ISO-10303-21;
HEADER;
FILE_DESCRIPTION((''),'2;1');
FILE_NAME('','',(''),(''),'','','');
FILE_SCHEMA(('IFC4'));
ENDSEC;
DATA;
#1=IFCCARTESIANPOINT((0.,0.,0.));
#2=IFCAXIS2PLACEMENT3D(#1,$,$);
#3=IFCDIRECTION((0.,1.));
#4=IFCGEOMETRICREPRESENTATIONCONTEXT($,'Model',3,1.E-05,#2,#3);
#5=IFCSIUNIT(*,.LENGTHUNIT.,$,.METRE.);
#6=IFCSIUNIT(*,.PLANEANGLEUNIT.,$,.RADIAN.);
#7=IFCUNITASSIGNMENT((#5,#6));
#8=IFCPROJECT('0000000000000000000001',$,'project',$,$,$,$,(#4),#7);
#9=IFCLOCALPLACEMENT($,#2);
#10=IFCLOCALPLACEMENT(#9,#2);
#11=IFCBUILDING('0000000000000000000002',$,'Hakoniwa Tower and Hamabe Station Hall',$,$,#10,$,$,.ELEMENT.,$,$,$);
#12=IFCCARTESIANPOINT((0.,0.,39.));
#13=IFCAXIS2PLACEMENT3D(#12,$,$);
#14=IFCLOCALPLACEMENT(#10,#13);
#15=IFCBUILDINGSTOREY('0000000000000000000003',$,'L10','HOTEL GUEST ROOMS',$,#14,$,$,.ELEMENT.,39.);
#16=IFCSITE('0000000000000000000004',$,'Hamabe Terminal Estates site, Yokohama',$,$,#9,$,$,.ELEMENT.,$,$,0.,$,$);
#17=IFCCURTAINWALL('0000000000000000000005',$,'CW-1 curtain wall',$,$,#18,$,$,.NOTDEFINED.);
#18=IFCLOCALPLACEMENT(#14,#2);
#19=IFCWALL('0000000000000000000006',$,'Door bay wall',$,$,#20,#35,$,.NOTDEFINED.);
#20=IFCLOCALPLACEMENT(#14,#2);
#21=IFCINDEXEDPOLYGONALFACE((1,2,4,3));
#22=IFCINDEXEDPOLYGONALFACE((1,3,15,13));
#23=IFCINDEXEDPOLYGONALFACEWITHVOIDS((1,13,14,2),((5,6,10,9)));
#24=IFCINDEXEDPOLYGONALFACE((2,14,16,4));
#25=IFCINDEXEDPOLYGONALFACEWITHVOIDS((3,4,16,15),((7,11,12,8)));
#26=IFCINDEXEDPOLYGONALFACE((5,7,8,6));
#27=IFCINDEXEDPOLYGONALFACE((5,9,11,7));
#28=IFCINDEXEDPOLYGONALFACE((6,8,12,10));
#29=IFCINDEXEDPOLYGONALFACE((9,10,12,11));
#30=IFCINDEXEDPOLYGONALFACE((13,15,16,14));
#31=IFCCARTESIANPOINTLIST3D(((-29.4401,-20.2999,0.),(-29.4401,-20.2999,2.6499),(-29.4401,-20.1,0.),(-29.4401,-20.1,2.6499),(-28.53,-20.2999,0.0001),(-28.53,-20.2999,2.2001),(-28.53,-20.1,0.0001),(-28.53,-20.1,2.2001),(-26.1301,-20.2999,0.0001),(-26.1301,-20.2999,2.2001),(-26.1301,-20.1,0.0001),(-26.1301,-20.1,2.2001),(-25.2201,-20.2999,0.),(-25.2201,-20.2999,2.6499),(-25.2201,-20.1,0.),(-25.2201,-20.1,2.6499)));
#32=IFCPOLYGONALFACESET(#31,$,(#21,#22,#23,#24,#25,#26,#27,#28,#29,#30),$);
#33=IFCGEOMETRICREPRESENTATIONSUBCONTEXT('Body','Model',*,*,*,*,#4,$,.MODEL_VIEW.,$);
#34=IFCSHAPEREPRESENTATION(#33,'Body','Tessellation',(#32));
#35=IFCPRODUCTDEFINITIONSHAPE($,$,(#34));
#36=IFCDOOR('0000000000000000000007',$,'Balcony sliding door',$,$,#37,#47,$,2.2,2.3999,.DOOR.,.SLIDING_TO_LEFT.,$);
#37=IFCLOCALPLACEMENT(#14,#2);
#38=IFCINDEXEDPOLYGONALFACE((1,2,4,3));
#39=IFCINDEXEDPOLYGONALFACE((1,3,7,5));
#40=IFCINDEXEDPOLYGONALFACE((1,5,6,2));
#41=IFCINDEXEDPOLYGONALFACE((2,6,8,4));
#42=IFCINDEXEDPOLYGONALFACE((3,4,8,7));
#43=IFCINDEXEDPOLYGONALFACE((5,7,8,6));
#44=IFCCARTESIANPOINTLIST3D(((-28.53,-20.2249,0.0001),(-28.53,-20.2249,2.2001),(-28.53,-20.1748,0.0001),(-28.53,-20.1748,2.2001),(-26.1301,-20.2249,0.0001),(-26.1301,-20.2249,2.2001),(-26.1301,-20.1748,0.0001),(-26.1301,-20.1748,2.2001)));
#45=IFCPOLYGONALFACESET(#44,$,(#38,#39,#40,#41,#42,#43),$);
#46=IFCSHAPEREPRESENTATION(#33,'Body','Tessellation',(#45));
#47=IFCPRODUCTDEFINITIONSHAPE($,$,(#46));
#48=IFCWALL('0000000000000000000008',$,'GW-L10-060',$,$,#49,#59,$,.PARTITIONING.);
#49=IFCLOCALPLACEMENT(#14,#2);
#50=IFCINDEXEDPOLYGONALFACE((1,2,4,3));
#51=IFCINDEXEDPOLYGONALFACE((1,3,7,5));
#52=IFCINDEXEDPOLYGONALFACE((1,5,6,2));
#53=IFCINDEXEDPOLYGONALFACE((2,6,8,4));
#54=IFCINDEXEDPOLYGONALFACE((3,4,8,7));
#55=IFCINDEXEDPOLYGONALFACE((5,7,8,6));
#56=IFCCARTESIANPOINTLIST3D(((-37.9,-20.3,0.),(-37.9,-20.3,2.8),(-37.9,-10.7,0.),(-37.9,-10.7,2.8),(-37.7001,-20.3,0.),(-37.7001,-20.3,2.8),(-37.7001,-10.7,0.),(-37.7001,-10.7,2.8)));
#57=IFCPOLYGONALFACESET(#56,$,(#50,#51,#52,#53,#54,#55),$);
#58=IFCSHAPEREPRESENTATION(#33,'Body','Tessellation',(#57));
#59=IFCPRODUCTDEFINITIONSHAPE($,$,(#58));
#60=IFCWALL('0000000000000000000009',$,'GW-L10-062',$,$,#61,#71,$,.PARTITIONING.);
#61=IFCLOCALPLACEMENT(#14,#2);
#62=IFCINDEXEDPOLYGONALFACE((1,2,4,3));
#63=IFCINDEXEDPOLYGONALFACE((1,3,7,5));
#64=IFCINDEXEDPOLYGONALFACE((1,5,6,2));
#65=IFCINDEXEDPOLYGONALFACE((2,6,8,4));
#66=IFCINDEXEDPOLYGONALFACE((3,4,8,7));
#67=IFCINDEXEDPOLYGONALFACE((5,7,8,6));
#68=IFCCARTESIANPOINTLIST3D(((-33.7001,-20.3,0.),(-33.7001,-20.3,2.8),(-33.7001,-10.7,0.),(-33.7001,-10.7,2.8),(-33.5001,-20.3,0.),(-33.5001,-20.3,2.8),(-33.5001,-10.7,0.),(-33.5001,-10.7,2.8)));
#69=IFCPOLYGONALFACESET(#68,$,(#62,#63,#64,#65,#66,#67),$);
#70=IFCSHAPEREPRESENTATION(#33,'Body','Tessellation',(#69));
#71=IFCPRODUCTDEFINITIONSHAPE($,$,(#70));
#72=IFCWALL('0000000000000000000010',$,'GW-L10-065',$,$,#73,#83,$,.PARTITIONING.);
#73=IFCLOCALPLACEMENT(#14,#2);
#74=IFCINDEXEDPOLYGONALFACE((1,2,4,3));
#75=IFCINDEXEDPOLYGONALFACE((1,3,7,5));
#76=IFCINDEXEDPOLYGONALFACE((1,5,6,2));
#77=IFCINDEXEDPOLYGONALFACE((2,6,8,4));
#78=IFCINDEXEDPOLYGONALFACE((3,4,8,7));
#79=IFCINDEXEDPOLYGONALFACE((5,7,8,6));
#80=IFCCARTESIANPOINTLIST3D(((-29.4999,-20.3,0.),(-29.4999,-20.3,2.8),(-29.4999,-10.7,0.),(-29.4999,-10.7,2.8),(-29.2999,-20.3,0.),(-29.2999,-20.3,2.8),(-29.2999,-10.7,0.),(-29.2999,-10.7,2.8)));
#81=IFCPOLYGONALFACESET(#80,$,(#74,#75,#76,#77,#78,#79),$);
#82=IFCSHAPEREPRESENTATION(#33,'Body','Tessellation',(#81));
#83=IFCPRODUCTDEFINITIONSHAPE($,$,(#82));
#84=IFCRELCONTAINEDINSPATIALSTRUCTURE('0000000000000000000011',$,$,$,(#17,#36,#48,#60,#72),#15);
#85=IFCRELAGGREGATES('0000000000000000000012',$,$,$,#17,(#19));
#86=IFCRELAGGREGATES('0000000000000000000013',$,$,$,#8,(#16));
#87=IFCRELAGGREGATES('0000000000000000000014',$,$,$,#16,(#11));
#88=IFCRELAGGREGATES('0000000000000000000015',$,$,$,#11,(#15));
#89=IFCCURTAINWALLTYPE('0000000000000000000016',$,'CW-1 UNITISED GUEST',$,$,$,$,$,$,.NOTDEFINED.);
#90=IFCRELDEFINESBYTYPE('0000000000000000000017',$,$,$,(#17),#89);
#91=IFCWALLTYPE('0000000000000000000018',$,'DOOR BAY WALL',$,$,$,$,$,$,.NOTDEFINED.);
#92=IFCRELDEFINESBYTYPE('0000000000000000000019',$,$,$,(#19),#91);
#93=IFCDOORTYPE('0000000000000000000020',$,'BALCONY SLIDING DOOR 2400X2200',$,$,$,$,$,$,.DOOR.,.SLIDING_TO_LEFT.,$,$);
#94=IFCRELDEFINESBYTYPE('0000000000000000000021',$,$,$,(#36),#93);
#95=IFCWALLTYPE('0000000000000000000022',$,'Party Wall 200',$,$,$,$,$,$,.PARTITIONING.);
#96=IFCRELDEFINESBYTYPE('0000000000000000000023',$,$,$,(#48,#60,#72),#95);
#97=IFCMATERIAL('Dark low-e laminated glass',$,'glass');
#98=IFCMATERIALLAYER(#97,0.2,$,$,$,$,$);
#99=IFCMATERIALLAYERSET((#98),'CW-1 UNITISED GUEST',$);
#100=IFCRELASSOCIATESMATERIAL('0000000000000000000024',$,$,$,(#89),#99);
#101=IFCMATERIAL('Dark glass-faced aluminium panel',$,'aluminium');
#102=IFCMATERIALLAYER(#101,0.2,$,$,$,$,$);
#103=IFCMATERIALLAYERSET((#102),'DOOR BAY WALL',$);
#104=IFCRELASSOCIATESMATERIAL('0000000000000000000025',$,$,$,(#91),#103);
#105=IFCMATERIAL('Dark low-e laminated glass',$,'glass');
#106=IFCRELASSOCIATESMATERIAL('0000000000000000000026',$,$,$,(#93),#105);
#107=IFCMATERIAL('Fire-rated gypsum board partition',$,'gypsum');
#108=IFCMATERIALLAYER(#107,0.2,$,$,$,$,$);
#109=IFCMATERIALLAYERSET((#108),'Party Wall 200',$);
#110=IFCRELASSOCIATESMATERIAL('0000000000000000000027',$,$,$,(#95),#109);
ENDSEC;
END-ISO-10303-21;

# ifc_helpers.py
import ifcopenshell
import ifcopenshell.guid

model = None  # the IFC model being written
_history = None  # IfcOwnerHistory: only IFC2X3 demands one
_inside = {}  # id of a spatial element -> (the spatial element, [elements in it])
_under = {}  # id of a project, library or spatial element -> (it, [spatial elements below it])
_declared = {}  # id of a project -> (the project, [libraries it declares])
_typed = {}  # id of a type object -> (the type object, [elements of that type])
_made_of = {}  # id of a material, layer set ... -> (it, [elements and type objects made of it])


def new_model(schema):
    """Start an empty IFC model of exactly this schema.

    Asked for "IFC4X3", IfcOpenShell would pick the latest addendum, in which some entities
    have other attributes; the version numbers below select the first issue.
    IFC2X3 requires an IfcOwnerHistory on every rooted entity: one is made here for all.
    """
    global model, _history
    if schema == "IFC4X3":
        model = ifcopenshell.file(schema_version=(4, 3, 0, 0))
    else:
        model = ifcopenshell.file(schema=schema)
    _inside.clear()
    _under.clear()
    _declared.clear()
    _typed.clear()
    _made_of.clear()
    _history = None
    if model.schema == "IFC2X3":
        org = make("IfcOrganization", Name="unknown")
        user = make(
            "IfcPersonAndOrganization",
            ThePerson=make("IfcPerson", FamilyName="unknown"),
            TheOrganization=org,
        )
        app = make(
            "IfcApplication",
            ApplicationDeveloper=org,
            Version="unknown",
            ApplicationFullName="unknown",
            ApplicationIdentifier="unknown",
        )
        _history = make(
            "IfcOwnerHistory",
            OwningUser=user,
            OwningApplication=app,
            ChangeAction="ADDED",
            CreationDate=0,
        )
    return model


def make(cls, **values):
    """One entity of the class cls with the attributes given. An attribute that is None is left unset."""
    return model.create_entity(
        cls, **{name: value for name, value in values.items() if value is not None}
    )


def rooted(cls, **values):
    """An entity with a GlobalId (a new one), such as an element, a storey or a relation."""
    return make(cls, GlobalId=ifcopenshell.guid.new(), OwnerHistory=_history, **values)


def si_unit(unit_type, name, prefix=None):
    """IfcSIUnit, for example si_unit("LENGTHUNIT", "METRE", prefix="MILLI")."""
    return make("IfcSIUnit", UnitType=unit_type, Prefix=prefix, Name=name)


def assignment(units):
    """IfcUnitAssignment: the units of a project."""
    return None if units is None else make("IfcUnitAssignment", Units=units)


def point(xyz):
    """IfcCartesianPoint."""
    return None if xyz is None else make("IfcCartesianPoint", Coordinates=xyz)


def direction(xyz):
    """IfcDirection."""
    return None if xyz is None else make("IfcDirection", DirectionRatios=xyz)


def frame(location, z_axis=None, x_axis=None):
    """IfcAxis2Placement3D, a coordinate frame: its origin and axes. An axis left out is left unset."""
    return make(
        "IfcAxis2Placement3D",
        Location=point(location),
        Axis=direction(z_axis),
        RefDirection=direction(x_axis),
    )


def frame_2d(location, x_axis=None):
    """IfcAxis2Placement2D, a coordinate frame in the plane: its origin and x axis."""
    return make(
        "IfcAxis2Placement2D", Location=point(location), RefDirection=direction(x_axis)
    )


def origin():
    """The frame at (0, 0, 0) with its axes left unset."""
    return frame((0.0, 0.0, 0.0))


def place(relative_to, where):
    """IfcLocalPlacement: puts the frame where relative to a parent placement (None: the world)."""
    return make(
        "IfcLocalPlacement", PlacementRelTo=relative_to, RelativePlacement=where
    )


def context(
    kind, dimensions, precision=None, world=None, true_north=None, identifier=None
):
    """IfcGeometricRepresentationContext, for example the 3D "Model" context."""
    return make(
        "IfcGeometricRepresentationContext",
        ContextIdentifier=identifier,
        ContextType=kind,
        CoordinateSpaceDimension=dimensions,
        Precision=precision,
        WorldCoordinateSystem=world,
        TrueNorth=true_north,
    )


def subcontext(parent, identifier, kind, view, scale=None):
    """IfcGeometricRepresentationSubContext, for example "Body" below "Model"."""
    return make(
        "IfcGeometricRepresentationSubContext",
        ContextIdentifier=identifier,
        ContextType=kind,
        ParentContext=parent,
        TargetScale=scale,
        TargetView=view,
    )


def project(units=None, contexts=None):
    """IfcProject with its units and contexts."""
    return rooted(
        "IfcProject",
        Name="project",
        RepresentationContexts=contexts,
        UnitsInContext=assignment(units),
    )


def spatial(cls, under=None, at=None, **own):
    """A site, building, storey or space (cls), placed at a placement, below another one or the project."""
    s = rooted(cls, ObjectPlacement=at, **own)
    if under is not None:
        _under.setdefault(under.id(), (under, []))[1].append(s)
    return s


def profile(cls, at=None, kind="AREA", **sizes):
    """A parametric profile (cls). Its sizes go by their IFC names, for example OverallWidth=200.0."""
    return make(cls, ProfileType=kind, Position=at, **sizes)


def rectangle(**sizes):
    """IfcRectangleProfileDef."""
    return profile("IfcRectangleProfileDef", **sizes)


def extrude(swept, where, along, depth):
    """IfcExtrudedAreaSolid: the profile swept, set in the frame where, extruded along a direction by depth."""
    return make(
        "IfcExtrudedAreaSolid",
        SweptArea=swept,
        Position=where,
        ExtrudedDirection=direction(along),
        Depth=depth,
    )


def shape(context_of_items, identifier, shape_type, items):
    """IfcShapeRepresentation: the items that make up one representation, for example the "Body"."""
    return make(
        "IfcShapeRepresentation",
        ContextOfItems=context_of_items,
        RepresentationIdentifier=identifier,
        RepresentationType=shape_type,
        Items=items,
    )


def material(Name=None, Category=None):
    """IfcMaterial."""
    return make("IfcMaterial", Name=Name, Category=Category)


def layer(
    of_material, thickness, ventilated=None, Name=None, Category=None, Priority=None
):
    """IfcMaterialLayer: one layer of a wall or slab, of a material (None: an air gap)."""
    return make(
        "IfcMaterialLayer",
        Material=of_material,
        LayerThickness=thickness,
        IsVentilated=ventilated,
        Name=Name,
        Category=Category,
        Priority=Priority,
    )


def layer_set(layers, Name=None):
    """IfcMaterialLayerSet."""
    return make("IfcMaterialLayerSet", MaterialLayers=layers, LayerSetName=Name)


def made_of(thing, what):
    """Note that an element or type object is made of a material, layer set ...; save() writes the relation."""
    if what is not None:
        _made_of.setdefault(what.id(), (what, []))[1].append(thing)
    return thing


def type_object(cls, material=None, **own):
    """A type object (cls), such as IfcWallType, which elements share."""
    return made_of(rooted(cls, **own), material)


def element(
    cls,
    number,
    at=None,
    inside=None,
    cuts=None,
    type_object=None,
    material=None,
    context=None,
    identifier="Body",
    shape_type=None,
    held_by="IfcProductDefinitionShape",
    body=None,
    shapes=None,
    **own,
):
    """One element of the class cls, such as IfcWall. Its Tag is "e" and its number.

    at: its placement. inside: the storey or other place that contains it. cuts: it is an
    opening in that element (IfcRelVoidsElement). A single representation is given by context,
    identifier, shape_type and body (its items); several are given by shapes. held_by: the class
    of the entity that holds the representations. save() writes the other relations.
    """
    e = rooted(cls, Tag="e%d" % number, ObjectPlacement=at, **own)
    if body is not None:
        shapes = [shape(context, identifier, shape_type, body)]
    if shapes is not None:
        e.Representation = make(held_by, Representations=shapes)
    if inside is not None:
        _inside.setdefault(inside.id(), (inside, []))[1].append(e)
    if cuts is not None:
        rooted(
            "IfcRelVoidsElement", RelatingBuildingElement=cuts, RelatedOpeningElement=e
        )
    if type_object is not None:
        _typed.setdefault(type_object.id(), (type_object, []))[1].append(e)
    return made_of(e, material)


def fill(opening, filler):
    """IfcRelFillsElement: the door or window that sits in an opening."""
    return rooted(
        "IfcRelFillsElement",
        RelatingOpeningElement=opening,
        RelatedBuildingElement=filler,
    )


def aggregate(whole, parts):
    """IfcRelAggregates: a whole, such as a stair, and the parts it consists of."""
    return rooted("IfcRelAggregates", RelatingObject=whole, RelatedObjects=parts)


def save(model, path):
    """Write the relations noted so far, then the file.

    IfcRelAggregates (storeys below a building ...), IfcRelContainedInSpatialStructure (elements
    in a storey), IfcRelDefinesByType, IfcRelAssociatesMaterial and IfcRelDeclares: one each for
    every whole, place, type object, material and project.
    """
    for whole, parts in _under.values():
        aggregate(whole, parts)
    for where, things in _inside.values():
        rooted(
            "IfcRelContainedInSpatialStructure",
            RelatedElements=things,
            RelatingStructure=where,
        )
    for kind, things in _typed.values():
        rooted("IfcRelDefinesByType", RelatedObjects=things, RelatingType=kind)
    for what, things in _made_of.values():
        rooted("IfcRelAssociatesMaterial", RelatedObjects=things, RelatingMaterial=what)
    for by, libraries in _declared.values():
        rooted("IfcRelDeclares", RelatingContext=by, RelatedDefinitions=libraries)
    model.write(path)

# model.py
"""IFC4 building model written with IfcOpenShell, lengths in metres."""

from ifc_helpers import new_model, si_unit, direction, frame, frame_2d, origin, place, context, subcontext, project, spatial, rectangle, extrude, material, layer, layer_set, type_object, element, fill, aggregate, save


model = new_model("IFC4")

# Units and contexts
model_context = context("Model", 3, precision=1e-05, world=origin(), true_north=direction((0.0, 1.0)))
body_context = subcontext(model_context, "Body", "Model", "MODEL_VIEW")
ifc_project = project(units=[si_unit("LENGTHUNIT", "METRE"), si_unit("PLANEANGLEUNIT", "RADIAN")], contexts=[model_context])

# Site, building, storey
site_placement = place(None, origin())
site = spatial("IfcSite", under=ifc_project, at=site_placement, Name="Hamabe Terminal Estates site, Yokohama", CompositionType="ELEMENT", RefElevation=0.0)
building_placement = place(site_placement, origin())
building = spatial("IfcBuilding", under=site, at=building_placement, Name="Hakoniwa Tower and Hamabe Station Hall", CompositionType="ELEMENT")
storey_placement = place(building_placement, frame((0.0, 0.0, 39.0)))
storey = spatial("IfcBuildingStorey", under=building, at=storey_placement, Name="L10", Description="HOTEL GUEST ROOMS", CompositionType="ELEMENT", Elevation=39.0)

# Curtain wall, wall, opening, door
ifc_material_1 = material(Name="Dark low-e laminated glass", Category="glass")
ifc_layer_1 = layer(ifc_material_1, 0.2)
ifc_layer_set_1 = layer_set([ifc_layer_1], Name="CW-1 UNITISED GUEST")
curtain_wall_type = type_object("IfcCurtainWallType", Name="CW-1 UNITISED GUEST", PredefinedType="NOTDEFINED", material=ifc_layer_set_1)
curtain_wall_placement = place(storey_placement, origin())
curtain_wall = element("IfcCurtainWall", 1, at=curtain_wall_placement, inside=storey, type_object=curtain_wall_type, Name="CW-1 curtain wall", PredefinedType="NOTDEFINED")
ifc_material_2 = material(Name="Dark glass-faced aluminium panel", Category="aluminium")
ifc_layer_2 = layer(ifc_material_2, 0.2)
ifc_layer_set_2 = layer_set([ifc_layer_2], Name="DOOR BAY WALL")
wall_type_1 = type_object("IfcWallType", Name="DOOR BAY WALL", PredefinedType="NOTDEFINED", material=ifc_layer_set_2)
ifc_material_3 = material(Name="Dark low-e laminated glass", Category="glass")
door_type = type_object("IfcDoorType", Name="BALCONY SLIDING DOOR 2400X2200", OperationType="SLIDING_TO_LEFT", PredefinedType="DOOR", material=ifc_material_3)
wall_1_placement = place(storey_placement, frame((-29.4399, -20.2, 0.0), z_axis=(0.0, 0.0, 1.0), x_axis=(1.0, 0.0, 0.0)))
wall_1 = element("IfcWall", 2, at=wall_1_placement, type_object=wall_type_1, Name="Door bay wall", PredefinedType="NOTDEFINED", context=body_context, shape_type="SweptSolid", body=[
    extrude(rectangle(XDim=4.22, YDim=0.2, at=frame_2d((2.1099, 0.0))), origin(), (0.0, 0.0, 1.0), 2.6499),
])
opening_1_placement = place(wall_1_placement, frame((0.9099, 0.0, 0.0)))
opening_1 = element("IfcOpeningElement", 3, at=opening_1_placement, cuts=wall_1, PredefinedType="OPENING", context=body_context, shape_type="SweptSolid", body=[
    extrude(rectangle(XDim=2.3999, YDim=2.2, at=frame_2d((1.2, 1.1001))), frame((0.0, 0.1099, 0.0), z_axis=(0.0, -1.0, 0.0), x_axis=(1.0, 0.0, 0.0)), (0.0, 0.0, 1.0), 0.22),
])
door_1_placement = place(opening_1_placement, frame((2.3999, 0.0, 0.0), z_axis=(0.0, 0.0, 1.0), x_axis=(-1.0, 0.0, 0.0)))
door_1 = element("IfcDoor", 4, at=door_1_placement, inside=storey, type_object=door_type, Name="Balcony sliding door", OperationType="SLIDING_TO_LEFT", OverallHeight=2.2, OverallWidth=2.3999, PredefinedType="DOOR", context=body_context, shape_type="SweptSolid", body=[
    extrude(rectangle(XDim=2.3999, YDim=2.2, at=frame_2d((1.2, 1.1001))), frame((0.0, 0.0249, 0.0), z_axis=(0.0, -1.0, 0.0), x_axis=(1.0, 0.0, 0.0)), (0.0, 0.0, 1.0), 0.05),
])
fill(opening_1, door_1)
aggregate(curtain_wall, [wall_1])

# Walls
ifc_material_4 = material(Name="Fire-rated gypsum board partition", Category="gypsum")
ifc_layer_3 = layer(ifc_material_4, 0.2)
ifc_layer_set_3 = layer_set([ifc_layer_3], Name="Party Wall 200")
wall_type_2 = type_object("IfcWallType", Name="Party Wall 200", PredefinedType="PARTITIONING", material=ifc_layer_set_3)
for number, where, z_axis, x_axis, name in (
    (5, (-37.8, -20.3, 0.0), (0.0, 0.0, 1.0), (0.0, 1.0, 0.0), "GW-L10-060"),
    (6, (-33.6001, -20.3, 0.0), (0.0, 0.0, 1.0), (0.0, 1.0, 0.0), "GW-L10-062"),
    (7, (-29.3999, -20.3, 0.0), (0.0, 0.0, 1.0), (0.0, 1.0, 0.0), "GW-L10-065"),
):
    element("IfcWall", number, at=place(storey_placement, frame(where, z_axis=z_axis, x_axis=x_axis)), inside=storey, type_object=wall_type_2, Name=name, PredefinedType="PARTITIONING", context=body_context, shape_type="SweptSolid", body=[
        extrude(rectangle(XDim=9.6001, YDim=0.2, at=frame_2d((4.8, 0.0))), origin(), (0.0, 0.0, 1.0), 2.8),
    ])

save(model, "model.ifc")
